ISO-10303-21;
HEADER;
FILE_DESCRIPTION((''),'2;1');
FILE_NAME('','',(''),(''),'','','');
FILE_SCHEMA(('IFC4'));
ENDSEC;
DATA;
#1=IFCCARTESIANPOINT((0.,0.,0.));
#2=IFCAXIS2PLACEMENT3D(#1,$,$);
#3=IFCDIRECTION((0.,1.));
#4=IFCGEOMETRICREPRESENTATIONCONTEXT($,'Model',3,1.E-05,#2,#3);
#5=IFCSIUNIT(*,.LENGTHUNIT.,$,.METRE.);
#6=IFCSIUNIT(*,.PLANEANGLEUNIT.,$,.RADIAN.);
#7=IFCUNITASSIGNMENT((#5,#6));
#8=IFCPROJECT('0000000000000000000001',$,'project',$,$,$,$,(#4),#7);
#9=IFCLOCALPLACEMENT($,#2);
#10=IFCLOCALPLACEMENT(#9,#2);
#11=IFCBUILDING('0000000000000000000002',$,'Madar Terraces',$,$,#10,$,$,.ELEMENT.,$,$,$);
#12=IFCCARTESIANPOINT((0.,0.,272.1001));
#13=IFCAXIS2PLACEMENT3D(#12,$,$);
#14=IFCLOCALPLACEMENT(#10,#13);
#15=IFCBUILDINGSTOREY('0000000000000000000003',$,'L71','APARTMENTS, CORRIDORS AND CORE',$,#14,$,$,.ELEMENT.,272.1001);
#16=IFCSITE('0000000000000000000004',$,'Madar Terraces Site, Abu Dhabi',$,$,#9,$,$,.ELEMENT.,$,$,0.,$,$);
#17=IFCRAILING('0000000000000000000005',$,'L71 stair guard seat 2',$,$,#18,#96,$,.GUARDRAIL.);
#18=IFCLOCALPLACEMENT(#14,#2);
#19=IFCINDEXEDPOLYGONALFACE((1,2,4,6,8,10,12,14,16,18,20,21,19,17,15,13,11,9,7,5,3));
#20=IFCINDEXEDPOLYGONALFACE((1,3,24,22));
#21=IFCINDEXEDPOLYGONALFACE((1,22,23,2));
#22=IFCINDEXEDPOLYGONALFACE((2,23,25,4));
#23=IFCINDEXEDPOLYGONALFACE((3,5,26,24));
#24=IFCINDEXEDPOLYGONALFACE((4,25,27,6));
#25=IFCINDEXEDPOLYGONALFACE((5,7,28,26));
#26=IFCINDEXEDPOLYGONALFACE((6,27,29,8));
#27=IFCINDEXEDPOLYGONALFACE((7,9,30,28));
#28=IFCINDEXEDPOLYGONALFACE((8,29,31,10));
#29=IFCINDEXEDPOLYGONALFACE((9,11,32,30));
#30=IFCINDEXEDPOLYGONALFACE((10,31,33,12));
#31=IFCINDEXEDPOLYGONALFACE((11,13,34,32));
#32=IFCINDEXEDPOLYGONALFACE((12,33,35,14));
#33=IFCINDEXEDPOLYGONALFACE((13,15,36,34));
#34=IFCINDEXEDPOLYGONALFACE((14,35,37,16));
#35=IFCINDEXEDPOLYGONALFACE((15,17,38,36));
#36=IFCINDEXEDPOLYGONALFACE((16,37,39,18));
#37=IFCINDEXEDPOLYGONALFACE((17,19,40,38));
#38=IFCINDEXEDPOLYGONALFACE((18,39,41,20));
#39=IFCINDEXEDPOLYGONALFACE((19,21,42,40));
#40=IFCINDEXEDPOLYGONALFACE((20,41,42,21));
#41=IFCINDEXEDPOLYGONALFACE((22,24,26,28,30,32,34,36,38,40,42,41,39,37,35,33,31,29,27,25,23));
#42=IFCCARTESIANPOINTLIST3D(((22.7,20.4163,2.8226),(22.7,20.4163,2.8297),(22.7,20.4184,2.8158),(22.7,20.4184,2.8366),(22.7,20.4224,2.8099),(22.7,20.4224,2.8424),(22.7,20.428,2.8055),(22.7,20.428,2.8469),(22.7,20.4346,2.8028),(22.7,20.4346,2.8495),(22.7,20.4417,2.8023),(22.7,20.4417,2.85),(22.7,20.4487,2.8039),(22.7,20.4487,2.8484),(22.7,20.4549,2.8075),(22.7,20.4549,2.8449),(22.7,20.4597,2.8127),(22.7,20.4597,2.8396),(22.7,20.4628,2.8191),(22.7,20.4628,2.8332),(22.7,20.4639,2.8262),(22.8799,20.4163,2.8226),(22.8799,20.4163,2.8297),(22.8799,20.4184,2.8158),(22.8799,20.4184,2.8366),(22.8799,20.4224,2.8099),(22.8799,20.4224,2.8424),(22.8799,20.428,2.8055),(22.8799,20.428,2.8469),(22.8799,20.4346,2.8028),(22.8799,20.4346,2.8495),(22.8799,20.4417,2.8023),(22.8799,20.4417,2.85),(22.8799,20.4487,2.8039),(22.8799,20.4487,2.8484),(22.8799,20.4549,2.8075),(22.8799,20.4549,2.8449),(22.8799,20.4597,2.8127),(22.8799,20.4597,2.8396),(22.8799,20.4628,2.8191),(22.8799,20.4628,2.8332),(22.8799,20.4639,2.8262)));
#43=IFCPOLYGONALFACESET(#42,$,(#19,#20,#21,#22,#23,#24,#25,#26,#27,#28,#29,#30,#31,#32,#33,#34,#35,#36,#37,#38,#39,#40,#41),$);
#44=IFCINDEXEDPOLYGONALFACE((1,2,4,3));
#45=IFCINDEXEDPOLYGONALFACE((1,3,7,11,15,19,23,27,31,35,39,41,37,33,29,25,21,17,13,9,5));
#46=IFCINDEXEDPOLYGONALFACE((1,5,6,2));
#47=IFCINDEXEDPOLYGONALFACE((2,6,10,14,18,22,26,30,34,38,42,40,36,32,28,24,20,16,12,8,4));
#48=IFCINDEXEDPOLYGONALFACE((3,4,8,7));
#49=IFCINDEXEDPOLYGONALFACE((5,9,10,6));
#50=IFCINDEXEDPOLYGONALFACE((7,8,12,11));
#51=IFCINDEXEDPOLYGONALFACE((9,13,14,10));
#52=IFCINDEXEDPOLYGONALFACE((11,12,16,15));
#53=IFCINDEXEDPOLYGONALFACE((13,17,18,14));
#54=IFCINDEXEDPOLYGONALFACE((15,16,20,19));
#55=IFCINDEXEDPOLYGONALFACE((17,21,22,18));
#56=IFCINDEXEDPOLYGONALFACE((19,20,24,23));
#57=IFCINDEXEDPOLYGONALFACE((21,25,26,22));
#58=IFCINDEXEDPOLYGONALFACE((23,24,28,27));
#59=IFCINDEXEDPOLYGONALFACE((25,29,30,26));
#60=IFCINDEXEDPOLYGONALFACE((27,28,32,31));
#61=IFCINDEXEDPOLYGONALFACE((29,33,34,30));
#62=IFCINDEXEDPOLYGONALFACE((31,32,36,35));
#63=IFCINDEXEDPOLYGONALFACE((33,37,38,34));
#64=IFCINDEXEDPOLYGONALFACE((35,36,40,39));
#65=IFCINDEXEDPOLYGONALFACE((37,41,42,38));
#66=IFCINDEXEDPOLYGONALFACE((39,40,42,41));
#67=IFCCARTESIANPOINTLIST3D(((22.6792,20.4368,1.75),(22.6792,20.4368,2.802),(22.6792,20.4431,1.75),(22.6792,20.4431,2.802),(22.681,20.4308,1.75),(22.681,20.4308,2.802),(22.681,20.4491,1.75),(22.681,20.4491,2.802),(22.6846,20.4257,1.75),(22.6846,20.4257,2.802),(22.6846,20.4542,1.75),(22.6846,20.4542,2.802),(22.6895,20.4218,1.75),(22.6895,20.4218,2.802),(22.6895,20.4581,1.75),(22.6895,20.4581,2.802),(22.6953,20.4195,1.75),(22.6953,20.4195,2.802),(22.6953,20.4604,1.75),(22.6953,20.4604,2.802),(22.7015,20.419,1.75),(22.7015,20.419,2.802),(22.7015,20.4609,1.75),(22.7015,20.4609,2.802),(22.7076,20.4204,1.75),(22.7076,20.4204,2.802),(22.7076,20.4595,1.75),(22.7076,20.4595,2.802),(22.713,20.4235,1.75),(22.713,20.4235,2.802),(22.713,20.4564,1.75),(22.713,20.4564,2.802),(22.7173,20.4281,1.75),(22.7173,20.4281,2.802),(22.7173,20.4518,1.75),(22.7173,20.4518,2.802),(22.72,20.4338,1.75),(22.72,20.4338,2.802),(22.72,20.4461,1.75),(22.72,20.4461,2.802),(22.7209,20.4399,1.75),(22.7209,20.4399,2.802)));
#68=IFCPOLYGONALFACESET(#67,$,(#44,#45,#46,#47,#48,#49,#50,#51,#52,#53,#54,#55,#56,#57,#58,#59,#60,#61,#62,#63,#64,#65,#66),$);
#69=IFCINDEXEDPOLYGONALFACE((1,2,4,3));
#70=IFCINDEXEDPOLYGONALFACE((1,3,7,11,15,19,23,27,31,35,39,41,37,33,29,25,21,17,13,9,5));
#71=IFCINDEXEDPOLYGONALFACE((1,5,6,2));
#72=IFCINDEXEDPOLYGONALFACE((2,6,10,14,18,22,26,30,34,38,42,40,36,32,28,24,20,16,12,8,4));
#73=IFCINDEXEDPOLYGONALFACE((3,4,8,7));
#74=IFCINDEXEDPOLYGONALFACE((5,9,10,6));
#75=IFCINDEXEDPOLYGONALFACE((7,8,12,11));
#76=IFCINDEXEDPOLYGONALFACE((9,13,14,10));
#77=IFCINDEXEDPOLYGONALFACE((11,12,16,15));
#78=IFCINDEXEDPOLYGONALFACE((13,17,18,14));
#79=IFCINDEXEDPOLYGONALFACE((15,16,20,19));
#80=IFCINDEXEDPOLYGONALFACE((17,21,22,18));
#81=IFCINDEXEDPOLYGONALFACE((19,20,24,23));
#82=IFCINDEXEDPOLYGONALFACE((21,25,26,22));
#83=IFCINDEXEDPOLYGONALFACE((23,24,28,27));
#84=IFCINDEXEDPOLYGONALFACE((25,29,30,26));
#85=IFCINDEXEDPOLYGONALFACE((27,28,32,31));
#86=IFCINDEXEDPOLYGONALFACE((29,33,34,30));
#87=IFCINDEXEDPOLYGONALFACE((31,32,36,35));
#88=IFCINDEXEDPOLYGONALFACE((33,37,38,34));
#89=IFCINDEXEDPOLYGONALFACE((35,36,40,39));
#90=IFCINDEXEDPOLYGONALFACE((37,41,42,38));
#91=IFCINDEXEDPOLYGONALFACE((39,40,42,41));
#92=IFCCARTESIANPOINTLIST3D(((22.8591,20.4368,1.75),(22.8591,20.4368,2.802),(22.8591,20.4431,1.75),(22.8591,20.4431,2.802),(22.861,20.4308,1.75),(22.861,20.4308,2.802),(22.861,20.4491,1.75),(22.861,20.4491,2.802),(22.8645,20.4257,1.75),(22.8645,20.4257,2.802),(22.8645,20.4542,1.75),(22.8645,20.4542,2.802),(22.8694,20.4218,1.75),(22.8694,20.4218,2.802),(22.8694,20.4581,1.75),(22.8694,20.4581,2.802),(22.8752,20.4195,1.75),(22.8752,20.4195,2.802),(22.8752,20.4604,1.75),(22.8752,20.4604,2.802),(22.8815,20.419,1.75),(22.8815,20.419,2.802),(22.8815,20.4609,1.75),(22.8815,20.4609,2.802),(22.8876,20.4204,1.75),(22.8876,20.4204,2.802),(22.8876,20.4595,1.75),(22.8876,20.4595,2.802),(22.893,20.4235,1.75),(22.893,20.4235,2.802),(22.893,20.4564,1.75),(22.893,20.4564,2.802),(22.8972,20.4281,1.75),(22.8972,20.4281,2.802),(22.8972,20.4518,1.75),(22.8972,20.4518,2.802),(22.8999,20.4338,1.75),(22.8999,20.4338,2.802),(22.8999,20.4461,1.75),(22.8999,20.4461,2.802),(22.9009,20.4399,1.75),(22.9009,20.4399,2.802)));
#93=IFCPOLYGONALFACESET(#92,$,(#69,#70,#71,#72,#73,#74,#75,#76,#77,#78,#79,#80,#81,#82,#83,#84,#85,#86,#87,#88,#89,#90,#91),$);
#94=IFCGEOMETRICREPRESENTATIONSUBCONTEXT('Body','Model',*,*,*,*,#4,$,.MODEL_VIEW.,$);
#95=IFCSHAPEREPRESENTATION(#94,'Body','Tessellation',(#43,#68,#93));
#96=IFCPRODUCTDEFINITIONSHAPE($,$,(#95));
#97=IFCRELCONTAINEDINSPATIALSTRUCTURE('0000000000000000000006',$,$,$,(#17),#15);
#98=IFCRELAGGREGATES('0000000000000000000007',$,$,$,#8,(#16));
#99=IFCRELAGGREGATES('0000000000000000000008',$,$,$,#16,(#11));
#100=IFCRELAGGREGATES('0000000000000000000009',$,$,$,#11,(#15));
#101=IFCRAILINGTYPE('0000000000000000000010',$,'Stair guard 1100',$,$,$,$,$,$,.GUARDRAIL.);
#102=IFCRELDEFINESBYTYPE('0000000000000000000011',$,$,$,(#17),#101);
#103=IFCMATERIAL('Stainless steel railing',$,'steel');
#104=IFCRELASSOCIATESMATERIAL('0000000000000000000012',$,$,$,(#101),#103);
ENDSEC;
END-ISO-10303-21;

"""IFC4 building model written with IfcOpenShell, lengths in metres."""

from ifc_helpers import new_model, si_unit, direction, frame, origin, origin_2d, place, context, subcontext, project, spatial, circle, extrude, material, type_object, element, save


model = new_model("IFC4")

# Units and contexts
model_context = context("Model", 3, precision=1e-05, world=origin(), true_north=direction((0.0, 1.0)))
body_context = subcontext(model_context, "Body", "Model", "MODEL_VIEW")
ifc_project = project(units=[si_unit("LENGTHUNIT", "METRE"), si_unit("PLANEANGLEUNIT", "RADIAN")], contexts=[model_context])

# Site, building, storey
site_placement = place(None, origin())
site = spatial("IfcSite", under=ifc_project, at=site_placement, Name="Madar Terraces Site, Abu Dhabi", CompositionType="ELEMENT", RefElevation=0.0)
building_placement = place(site_placement, origin())
building = spatial("IfcBuilding", under=site, at=building_placement, Name="Madar Terraces", CompositionType="ELEMENT")
storey_placement = place(building_placement, frame((0.0, 0.0, 272.1001)))
storey = spatial("IfcBuildingStorey", under=building, at=storey_placement, Name="L71", Description="APARTMENTS, CORRIDORS AND CORE", CompositionType="ELEMENT", Elevation=272.1001)

# Railing
ifc_material_1 = material(Name="Stainless steel railing", Category="steel")
railing_type = type_object("IfcRailingType", Name="Stair guard 1100", PredefinedType="GUARDRAIL", material=ifc_material_1)
railing_placement = place(storey_placement, frame((22.7, 20.4399, 1.75)))
element("IfcRailing", 1, at=railing_placement, inside=storey, type_object=railing_type, Name="L71 stair guard seat 2", PredefinedType="GUARDRAIL", context=body_context, shape_type="SweptSolid", body=[
    extrude(circle(Radius=0.0239, at=origin_2d()), frame((0.0, 0.0, 1.0762), z_axis=(1.0, 0.0, 0.0), x_axis=(0.0, 1.0, 0.0)), (0.0, 0.0, 1.0), 0.1799),
    extrude(circle(Radius=0.021, at=origin_2d()), origin(), (0.0, 0.0, 1.0), 1.052),
    extrude(circle(Radius=0.021, at=origin_2d()), frame((0.1799, 0.0, 0.0)), (0.0, 0.0, 1.0), 1.052),
])

save(model, "model.ifc")
